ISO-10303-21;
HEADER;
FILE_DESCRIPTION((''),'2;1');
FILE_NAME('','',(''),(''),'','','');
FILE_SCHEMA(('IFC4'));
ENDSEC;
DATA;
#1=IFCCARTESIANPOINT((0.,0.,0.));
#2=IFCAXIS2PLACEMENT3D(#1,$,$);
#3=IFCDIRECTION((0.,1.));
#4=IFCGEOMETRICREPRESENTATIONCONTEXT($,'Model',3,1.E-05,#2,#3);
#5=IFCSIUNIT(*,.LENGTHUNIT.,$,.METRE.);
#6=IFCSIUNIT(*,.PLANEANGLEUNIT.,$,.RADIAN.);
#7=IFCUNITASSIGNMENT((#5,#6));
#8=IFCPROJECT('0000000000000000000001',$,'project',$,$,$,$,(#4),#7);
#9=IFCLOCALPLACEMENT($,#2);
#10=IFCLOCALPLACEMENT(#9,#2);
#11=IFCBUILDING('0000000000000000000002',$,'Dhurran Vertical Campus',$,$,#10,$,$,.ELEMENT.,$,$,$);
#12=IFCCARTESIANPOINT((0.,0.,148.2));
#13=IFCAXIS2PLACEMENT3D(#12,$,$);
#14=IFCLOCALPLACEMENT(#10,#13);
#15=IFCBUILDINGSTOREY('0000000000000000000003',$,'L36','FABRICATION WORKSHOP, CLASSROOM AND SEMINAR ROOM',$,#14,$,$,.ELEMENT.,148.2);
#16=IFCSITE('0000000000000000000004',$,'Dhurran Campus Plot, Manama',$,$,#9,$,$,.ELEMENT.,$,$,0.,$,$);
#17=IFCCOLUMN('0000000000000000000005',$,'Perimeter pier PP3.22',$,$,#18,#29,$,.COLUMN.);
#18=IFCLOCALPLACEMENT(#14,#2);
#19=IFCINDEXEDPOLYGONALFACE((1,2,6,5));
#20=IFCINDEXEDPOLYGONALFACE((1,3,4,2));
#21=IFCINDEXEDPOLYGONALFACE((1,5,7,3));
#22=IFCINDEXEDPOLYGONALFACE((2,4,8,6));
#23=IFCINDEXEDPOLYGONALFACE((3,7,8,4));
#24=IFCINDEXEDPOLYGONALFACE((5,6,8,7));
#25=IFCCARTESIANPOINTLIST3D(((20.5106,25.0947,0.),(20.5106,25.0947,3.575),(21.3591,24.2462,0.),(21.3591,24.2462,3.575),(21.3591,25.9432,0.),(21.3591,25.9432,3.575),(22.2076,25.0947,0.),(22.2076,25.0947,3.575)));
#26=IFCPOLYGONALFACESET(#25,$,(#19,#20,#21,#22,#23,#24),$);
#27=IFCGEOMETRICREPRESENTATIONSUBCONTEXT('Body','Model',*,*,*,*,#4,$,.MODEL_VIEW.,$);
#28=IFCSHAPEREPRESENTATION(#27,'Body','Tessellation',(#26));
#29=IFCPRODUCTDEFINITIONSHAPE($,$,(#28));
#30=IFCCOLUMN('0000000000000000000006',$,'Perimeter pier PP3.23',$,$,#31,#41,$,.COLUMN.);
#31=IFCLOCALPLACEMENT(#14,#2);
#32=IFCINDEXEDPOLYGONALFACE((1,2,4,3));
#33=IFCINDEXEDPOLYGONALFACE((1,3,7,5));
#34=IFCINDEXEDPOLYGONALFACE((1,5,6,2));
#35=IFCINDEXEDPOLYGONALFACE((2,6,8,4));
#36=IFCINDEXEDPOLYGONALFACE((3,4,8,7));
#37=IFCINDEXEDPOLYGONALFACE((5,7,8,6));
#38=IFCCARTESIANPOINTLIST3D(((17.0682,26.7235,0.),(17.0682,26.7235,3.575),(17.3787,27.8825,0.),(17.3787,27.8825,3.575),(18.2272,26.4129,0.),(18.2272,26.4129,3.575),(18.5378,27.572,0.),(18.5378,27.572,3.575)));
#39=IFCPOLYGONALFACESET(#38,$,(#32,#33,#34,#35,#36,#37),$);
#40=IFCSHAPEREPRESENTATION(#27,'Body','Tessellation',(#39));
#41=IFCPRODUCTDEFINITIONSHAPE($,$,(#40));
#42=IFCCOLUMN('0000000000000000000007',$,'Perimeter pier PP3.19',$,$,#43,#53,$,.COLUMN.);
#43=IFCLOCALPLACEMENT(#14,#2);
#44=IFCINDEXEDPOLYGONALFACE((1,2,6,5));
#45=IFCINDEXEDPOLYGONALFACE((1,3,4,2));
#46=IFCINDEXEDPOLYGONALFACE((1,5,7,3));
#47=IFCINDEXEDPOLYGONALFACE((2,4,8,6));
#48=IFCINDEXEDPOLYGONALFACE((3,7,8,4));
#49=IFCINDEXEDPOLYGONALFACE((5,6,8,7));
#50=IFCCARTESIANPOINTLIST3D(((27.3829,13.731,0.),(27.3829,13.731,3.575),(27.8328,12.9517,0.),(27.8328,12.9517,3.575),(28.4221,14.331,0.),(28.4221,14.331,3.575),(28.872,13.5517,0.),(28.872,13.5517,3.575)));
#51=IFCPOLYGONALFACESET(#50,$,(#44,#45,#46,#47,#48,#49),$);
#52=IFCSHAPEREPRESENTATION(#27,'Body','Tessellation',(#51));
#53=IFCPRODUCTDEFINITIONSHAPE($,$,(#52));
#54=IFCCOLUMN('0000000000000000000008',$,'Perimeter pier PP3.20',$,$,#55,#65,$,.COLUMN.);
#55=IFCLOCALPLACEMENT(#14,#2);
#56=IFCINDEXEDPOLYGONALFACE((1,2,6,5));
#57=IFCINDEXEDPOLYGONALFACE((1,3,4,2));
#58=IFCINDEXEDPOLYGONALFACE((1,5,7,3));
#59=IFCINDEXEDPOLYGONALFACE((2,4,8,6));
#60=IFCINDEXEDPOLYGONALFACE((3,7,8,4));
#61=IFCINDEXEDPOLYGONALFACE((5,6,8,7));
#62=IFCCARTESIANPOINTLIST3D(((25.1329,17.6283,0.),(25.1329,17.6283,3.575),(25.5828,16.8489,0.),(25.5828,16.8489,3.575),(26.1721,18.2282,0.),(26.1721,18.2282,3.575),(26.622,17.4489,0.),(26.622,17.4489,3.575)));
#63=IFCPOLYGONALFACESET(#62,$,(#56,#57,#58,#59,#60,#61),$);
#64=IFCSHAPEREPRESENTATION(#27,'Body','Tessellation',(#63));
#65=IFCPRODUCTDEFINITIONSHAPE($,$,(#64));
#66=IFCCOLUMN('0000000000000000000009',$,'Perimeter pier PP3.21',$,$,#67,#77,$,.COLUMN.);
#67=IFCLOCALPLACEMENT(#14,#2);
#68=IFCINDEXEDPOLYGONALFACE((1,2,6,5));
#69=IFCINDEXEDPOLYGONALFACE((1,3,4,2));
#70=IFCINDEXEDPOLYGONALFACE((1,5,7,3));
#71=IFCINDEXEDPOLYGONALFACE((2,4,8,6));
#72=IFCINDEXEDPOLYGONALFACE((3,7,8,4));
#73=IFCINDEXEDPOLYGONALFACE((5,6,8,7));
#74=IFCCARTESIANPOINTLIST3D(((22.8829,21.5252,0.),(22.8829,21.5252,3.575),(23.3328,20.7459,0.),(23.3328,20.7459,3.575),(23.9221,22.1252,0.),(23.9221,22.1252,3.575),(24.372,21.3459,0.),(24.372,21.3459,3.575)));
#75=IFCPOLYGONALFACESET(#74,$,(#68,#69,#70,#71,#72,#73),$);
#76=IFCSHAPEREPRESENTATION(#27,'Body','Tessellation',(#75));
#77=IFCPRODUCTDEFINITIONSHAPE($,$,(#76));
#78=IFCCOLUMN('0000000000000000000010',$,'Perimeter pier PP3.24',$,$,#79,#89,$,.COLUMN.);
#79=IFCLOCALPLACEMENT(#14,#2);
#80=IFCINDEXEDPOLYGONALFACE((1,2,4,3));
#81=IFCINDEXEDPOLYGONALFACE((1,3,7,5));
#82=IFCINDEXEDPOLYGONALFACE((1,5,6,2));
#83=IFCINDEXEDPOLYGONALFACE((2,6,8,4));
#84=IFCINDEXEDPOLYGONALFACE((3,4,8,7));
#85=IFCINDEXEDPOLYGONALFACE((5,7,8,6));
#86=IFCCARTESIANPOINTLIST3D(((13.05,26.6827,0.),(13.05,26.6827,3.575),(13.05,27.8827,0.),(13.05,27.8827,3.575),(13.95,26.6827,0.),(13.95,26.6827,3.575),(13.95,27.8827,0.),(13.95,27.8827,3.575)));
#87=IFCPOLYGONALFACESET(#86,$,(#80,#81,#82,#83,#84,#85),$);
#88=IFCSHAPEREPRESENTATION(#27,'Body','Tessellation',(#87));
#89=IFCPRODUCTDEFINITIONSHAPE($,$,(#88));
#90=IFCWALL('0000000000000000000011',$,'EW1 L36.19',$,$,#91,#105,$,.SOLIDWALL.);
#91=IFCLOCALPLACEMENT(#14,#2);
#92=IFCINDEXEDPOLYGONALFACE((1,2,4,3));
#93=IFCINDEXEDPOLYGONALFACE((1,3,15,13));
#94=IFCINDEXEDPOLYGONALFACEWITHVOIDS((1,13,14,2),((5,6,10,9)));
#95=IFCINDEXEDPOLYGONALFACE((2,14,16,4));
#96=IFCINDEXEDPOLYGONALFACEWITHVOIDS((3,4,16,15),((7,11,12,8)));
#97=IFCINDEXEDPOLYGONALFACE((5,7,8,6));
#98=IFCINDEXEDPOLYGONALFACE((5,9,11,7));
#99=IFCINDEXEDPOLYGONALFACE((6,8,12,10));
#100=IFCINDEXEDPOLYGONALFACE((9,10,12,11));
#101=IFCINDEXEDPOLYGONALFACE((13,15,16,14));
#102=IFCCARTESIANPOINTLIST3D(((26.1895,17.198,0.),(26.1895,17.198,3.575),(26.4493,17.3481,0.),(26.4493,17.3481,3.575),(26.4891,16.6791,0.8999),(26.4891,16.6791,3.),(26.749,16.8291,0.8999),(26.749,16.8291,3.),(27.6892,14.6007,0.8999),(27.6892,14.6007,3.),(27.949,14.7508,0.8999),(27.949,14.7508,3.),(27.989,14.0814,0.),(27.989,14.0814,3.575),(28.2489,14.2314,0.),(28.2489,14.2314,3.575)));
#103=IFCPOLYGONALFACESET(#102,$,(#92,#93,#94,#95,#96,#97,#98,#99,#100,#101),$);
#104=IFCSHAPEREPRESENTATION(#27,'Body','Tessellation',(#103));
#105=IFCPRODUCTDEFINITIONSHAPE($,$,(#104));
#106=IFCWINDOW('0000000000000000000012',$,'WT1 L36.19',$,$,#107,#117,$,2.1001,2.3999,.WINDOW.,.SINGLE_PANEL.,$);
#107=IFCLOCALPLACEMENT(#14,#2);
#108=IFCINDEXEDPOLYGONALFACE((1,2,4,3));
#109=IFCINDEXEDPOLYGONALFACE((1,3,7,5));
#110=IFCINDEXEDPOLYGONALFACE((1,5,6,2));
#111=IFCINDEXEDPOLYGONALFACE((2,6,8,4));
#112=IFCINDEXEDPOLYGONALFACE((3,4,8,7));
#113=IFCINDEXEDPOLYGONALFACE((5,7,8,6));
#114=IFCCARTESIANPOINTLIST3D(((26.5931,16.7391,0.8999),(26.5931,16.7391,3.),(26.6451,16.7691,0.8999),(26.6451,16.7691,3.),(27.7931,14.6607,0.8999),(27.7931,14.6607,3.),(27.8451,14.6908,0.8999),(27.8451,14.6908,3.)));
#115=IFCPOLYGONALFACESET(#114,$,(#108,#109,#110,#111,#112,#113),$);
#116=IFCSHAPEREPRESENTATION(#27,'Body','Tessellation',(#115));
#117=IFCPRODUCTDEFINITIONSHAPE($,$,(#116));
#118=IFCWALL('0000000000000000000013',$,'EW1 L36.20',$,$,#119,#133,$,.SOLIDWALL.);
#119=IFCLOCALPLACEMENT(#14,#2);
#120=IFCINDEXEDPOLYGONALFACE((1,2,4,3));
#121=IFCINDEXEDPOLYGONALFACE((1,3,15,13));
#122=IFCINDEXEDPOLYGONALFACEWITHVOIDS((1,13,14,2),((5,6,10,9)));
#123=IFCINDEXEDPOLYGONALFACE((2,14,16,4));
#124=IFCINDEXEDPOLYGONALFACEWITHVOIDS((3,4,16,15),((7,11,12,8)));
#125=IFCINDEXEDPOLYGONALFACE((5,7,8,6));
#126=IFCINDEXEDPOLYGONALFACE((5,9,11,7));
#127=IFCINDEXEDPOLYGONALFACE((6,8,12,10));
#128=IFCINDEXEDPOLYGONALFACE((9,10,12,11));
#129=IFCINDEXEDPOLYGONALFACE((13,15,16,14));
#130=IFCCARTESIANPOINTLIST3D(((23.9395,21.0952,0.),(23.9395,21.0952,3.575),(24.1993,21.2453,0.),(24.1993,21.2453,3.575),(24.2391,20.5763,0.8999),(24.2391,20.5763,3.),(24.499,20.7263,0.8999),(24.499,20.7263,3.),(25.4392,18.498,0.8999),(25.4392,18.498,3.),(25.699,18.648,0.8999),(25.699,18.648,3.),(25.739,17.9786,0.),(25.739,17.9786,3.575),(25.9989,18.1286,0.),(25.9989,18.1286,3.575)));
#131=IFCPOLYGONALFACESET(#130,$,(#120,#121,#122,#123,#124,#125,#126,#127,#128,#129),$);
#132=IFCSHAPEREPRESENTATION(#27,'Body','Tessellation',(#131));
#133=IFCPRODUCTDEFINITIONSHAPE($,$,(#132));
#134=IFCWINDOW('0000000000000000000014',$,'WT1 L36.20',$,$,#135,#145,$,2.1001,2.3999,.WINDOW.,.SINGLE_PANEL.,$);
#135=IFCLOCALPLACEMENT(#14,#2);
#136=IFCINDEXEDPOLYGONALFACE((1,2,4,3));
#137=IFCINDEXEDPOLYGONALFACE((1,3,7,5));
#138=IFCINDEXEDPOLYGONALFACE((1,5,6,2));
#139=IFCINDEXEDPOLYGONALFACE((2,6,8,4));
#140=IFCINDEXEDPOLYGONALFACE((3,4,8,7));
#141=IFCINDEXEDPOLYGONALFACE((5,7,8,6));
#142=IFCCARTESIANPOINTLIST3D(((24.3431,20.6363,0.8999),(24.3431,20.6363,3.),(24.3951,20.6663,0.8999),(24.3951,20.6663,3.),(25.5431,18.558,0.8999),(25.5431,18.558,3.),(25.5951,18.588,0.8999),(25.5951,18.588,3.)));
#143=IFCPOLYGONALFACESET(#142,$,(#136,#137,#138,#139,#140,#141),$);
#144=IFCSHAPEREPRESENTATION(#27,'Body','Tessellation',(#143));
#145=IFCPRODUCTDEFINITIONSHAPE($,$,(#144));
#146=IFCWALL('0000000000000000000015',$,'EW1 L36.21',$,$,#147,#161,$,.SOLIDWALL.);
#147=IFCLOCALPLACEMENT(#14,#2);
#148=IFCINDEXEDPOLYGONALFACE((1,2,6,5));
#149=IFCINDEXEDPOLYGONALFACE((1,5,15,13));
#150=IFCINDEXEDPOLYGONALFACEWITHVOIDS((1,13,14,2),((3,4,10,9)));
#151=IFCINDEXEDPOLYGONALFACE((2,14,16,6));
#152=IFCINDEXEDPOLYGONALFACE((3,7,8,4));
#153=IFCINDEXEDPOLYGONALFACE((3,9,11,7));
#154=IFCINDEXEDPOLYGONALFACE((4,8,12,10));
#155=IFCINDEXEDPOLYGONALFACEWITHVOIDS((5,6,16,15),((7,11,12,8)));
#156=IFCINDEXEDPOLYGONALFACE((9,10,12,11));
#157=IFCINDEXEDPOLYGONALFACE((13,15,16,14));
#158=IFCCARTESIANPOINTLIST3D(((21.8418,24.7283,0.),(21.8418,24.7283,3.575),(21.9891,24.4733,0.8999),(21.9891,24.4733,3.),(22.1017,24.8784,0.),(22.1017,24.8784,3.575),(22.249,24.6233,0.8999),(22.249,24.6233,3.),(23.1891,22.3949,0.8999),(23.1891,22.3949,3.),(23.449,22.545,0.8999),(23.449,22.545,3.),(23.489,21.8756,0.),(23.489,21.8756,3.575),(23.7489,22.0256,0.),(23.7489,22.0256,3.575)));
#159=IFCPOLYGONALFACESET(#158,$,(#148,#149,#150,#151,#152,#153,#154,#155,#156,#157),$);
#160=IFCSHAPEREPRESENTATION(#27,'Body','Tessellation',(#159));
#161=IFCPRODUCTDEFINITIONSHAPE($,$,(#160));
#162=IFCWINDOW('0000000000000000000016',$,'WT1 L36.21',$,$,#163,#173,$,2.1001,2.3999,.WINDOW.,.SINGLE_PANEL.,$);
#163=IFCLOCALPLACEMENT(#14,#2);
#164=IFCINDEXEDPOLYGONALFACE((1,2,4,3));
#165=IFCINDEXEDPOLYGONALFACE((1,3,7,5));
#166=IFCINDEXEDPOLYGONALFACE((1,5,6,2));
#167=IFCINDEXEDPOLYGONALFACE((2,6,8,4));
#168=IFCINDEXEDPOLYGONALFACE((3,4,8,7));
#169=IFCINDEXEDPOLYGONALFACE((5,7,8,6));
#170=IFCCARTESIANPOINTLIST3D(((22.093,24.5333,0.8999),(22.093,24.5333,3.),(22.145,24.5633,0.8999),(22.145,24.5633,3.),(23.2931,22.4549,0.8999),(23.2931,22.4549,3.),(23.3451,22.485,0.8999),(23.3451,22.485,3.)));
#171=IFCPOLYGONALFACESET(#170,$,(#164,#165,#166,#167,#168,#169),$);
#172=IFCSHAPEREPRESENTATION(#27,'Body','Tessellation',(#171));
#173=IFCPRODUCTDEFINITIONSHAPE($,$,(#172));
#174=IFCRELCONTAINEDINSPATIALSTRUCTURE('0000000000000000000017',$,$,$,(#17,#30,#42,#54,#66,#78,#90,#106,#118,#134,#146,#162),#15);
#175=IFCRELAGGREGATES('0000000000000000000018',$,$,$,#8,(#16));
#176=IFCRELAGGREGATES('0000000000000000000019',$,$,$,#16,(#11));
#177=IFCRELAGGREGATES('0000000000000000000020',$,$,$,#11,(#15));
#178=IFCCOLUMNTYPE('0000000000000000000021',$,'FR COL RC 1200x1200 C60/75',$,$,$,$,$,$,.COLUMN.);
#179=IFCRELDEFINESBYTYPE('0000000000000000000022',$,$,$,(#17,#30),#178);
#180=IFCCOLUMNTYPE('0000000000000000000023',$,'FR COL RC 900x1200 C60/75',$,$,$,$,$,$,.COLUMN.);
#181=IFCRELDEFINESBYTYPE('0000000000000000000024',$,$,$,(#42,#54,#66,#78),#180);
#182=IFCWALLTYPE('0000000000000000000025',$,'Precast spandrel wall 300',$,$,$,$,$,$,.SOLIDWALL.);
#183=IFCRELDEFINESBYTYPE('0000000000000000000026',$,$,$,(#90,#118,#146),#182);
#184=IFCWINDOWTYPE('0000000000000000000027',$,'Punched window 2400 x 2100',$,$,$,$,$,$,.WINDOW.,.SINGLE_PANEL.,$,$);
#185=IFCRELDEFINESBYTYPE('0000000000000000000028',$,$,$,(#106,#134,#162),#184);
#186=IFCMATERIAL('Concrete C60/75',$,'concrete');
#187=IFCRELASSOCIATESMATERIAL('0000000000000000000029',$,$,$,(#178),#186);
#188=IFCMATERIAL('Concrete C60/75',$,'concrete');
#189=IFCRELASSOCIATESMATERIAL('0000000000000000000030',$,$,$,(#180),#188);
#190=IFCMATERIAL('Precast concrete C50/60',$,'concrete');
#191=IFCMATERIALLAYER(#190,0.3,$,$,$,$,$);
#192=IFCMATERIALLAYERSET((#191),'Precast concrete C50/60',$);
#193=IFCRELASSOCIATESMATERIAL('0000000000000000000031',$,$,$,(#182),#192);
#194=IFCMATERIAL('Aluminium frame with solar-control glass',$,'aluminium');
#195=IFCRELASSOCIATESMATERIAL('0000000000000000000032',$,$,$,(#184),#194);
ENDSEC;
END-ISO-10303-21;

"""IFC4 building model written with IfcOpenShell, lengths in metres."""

from ifc_helpers import new_model, si_unit, direction, frame, frame_2d, origin, origin_2d, place, context, subcontext, project, spatial, rectangle, extrude, material, layer, layer_set, material_profile, profile_set, type_object, element, fill, save


model = new_model("IFC4")

# Units and contexts
model_context = context("Model", 3, precision=1e-05, world=origin(), true_north=direction((0.0, 1.0)))
body_context = subcontext(model_context, "Body", "Model", "MODEL_VIEW")
ifc_project = project(units=[si_unit("LENGTHUNIT", "METRE"), si_unit("PLANEANGLEUNIT", "RADIAN")], contexts=[model_context])

# Site, building, storey
site_placement = place(None, origin())
site = spatial("IfcSite", under=ifc_project, at=site_placement, Name="Dhurran Campus Plot, Manama", CompositionType="ELEMENT", RefElevation=0.0)
building_placement = place(site_placement, origin())
building = spatial("IfcBuilding", under=site, at=building_placement, Name="Dhurran Vertical Campus", CompositionType="ELEMENT")
storey_placement = place(building_placement, frame((0.0, 0.0, 148.2)))
storey = spatial("IfcBuildingStorey", under=building, at=storey_placement, Name="L36", Description="FABRICATION WORKSHOP, CLASSROOM AND SEMINAR ROOM", CompositionType="ELEMENT", Elevation=148.2)

# Columns
ifc_material_1 = material(Name="Concrete C60/75", Category="concrete")
ifc_material_profile_1 = material_profile(ifc_material_1, rectangle(XDim=1.2, YDim=1.2, at=origin_2d()), Name="RC 1200x1200")
ifc_profile_set_1 = profile_set([ifc_material_profile_1], Name="Concrete C60/75")
column_type_1 = type_object("IfcColumnType", Name="FR COL RC 1200x1200 C60/75", PredefinedType="COLUMN", material=ifc_profile_set_1)
for number, where, z_axis, x_axis, name in (
    (1, (21.3591, 25.0947, 0.0), (0.0, 0.0, 1.0), (-0.707107, 0.707107, 0.0), "Perimeter pier PP3.22"),
    (2, (17.803, 27.1477, 0.0), (0.0, 0.0, 1.0), (-0.965926, 0.258819, 0.0), "Perimeter pier PP3.23"),
):
    element("IfcColumn", number, at=place(storey_placement, frame(where, z_axis=z_axis, x_axis=x_axis)), inside=storey, type_object=column_type_1, Name=name, PredefinedType="COLUMN", context=body_context, shape_type="SweptSolid", body=[
        extrude(rectangle(XDim=1.2, YDim=1.2, at=origin_2d()), origin(), (0.0, 0.0, 1.0), 3.575),
    ])
ifc_material_2 = material(Name="Concrete C60/75", Category="concrete")
ifc_material_profile_2 = material_profile(ifc_material_2, rectangle(XDim=0.8999, YDim=1.2, at=origin_2d()), Name="RC 900x1200")
ifc_profile_set_2 = profile_set([ifc_material_profile_2], Name="Concrete C60/75")
column_type_2 = type_object("IfcColumnType", Name="FR COL RC 900x1200 C60/75", PredefinedType="COLUMN", material=ifc_profile_set_2)
for number, where, z_axis, x_axis, name in (
    (3, (28.1274, 13.6414, 0.0), (0.0, 0.0, 1.0), (-0.5, 0.866025, 0.0), "Perimeter pier PP3.19"),
    (4, (25.8774, 17.5386, 0.0), (0.0, 0.0, 1.0), (-0.5, 0.866025, 0.0), "Perimeter pier PP3.20"),
    (5, (23.6274, 21.4355, 0.0), (0.0, 0.0, 1.0), (-0.5, 0.866025, 0.0), "Perimeter pier PP3.21"),
    (6, (13.5, 27.2827, 0.0), (0.0, 0.0, 1.0), (-1.0, 0.0, 0.0), "Perimeter pier PP3.24"),
):
    element("IfcColumn", number, at=place(storey_placement, frame(where, z_axis=z_axis, x_axis=x_axis)), inside=storey, type_object=column_type_2, Name=name, PredefinedType="COLUMN", context=body_context, shape_type="SweptSolid", body=[
        extrude(rectangle(XDim=0.8999, YDim=1.2, at=origin_2d()), origin(), (0.0, 0.0, 1.0), 3.575),
    ])

# Walls, openings, windows
ifc_material_3 = material(Name="Precast concrete C50/60", Category="concrete")
ifc_layer_1 = layer(ifc_material_3, 0.3)
ifc_layer_set_1 = layer_set([ifc_layer_1], Name="Precast concrete C50/60")
wall_type_1 = type_object("IfcWallType", Name="Precast spandrel wall 300", PredefinedType="SOLIDWALL", material=ifc_layer_set_1)
wall_1_placement = place(storey_placement, frame((28.1189, 14.1565, 0.0), z_axis=(0.0, 0.0, 1.0), x_axis=(-0.500028, 0.866009, 0.0)))
wall_1 = element("IfcWall", 7, at=wall_1_placement, inside=storey, type_object=wall_type_1, Name="EW1 L36.19", PredefinedType="SOLIDWALL", context=body_context, shape_type="SweptSolid", body=[
    extrude(rectangle(XDim=3.5989, YDim=0.3, at=frame_2d((1.7993, 0.0))), origin(), (0.0, 0.0, 1.0), 3.575),
])
opening_1_placement = place(wall_1_placement, frame((0.5996, 0.0, 0.8999)))
opening_1 = element("IfcOpeningElement", 8, at=opening_1_placement, cuts=wall_1, PredefinedType="OPENING", context=body_context, shape_type="SweptSolid", body=[
    extrude(rectangle(XDim=2.3999, YDim=2.1001, at=frame_2d((1.2, 1.05))), frame((0.0, 0.1599, 0.0), z_axis=(0.0, -1.0, 0.0), x_axis=(1.0, 0.0, 0.0)), (0.0, 0.0, 1.0), 0.3201),
])
ifc_material_4 = material(Name="Aluminium frame with solar-control glass", Category="aluminium")
window_type = type_object("IfcWindowType", Name="Punched window 2400 x 2100", PartitioningType="SINGLE_PANEL", PredefinedType="WINDOW", material=ifc_material_4)
window_1_placement = place(opening_1_placement, origin())
window_1 = element("IfcWindow", 9, at=window_1_placement, inside=storey, type_object=window_type, Name="WT1 L36.19", OverallHeight=2.1001, OverallWidth=2.3999, PartitioningType="SINGLE_PANEL", PredefinedType="WINDOW", context=body_context, shape_type="SweptSolid", body=[
    extrude(rectangle(XDim=2.3999, YDim=2.1001, at=frame_2d((1.2, 1.05))), frame((0.0, 0.03, 0.0), z_axis=(0.0, -1.0, 0.0), x_axis=(1.0, 0.0, 0.0)), (0.0, 0.0, 1.0), 0.0601),
])
fill(opening_1, window_1)
wall_2_placement = place(storey_placement, frame((25.8689, 18.0537, 0.0), z_axis=(0.0, 0.0, 1.0), x_axis=(-0.500028, 0.866009, 0.0)))
wall_2 = element("IfcWall", 10, at=wall_2_placement, inside=storey, type_object=wall_type_1, Name="EW1 L36.20", PredefinedType="SOLIDWALL", context=body_context, shape_type="SweptSolid", body=[
    extrude(rectangle(XDim=3.5989, YDim=0.3, at=frame_2d((1.7993, 0.0))), origin(), (0.0, 0.0, 1.0), 3.575),
])
opening_2_placement = place(wall_2_placement, frame((0.5996, 0.0, 0.8999)))
opening_2 = element("IfcOpeningElement", 11, at=opening_2_placement, cuts=wall_2, PredefinedType="OPENING", context=body_context, shape_type="SweptSolid", body=[
    extrude(rectangle(XDim=2.3999, YDim=2.1001, at=frame_2d((1.2, 1.05))), frame((0.0, 0.1599, 0.0), z_axis=(0.0, -1.0, 0.0), x_axis=(1.0, 0.0, 0.0)), (0.0, 0.0, 1.0), 0.3201),
])
window_2_placement = place(opening_2_placement, origin())
window_2 = element("IfcWindow", 12, at=window_2_placement, inside=storey, type_object=window_type, Name="WT1 L36.20", OverallHeight=2.1001, OverallWidth=2.3999, PartitioningType="SINGLE_PANEL", PredefinedType="WINDOW", context=body_context, shape_type="SweptSolid", body=[
    extrude(rectangle(XDim=2.3999, YDim=2.1001, at=frame_2d((1.2, 1.05))), frame((0.0, 0.03, 0.0), z_axis=(0.0, -1.0, 0.0), x_axis=(1.0, 0.0, 0.0)), (0.0, 0.0, 1.0), 0.0601),
])
fill(opening_2, window_2)
wall_3_placement = place(storey_placement, frame((23.6189, 21.9507, 0.0), z_axis=(0.0, 0.0, 1.0), x_axis=(-0.500037, 0.866004, 0.0)))
wall_3 = element("IfcWall", 13, at=wall_3_placement, inside=storey, type_object=wall_type_1, Name="EW1 L36.21", PredefinedType="SOLIDWALL", context=body_context, shape_type="SweptSolid", body=[
    extrude(rectangle(XDim=3.2942, YDim=0.3, at=frame_2d((1.647, 0.0))), origin(), (0.0, 0.0, 1.0), 3.575),
])
opening_3_placement = place(wall_3_placement, frame((0.5996, 0.0, 0.8999)))
opening_3 = element("IfcOpeningElement", 14, at=opening_3_placement, cuts=wall_3, PredefinedType="OPENING", context=body_context, shape_type="SweptSolid", body=[
    extrude(rectangle(XDim=2.3999, YDim=2.1001, at=frame_2d((1.2, 1.05))), frame((0.0, 0.1599, 0.0), z_axis=(0.0, -1.0, 0.0), x_axis=(1.0, 0.0, 0.0)), (0.0, 0.0, 1.0), 0.3201),
])
window_3_placement = place(opening_3_placement, origin())
window_3 = element("IfcWindow", 15, at=window_3_placement, inside=storey, type_object=window_type, Name="WT1 L36.21", OverallHeight=2.1001, OverallWidth=2.3999, PartitioningType="SINGLE_PANEL", PredefinedType="WINDOW", context=body_context, shape_type="SweptSolid", body=[
    extrude(rectangle(XDim=2.3999, YDim=2.1001, at=frame_2d((1.2, 1.05))), frame((0.0, 0.03, 0.0), z_axis=(0.0, -1.0, 0.0), x_axis=(1.0, 0.0, 0.0)), (0.0, 0.0, 1.0), 0.0601),
])
fill(opening_3, window_3)

save(model, "model.ifc")
